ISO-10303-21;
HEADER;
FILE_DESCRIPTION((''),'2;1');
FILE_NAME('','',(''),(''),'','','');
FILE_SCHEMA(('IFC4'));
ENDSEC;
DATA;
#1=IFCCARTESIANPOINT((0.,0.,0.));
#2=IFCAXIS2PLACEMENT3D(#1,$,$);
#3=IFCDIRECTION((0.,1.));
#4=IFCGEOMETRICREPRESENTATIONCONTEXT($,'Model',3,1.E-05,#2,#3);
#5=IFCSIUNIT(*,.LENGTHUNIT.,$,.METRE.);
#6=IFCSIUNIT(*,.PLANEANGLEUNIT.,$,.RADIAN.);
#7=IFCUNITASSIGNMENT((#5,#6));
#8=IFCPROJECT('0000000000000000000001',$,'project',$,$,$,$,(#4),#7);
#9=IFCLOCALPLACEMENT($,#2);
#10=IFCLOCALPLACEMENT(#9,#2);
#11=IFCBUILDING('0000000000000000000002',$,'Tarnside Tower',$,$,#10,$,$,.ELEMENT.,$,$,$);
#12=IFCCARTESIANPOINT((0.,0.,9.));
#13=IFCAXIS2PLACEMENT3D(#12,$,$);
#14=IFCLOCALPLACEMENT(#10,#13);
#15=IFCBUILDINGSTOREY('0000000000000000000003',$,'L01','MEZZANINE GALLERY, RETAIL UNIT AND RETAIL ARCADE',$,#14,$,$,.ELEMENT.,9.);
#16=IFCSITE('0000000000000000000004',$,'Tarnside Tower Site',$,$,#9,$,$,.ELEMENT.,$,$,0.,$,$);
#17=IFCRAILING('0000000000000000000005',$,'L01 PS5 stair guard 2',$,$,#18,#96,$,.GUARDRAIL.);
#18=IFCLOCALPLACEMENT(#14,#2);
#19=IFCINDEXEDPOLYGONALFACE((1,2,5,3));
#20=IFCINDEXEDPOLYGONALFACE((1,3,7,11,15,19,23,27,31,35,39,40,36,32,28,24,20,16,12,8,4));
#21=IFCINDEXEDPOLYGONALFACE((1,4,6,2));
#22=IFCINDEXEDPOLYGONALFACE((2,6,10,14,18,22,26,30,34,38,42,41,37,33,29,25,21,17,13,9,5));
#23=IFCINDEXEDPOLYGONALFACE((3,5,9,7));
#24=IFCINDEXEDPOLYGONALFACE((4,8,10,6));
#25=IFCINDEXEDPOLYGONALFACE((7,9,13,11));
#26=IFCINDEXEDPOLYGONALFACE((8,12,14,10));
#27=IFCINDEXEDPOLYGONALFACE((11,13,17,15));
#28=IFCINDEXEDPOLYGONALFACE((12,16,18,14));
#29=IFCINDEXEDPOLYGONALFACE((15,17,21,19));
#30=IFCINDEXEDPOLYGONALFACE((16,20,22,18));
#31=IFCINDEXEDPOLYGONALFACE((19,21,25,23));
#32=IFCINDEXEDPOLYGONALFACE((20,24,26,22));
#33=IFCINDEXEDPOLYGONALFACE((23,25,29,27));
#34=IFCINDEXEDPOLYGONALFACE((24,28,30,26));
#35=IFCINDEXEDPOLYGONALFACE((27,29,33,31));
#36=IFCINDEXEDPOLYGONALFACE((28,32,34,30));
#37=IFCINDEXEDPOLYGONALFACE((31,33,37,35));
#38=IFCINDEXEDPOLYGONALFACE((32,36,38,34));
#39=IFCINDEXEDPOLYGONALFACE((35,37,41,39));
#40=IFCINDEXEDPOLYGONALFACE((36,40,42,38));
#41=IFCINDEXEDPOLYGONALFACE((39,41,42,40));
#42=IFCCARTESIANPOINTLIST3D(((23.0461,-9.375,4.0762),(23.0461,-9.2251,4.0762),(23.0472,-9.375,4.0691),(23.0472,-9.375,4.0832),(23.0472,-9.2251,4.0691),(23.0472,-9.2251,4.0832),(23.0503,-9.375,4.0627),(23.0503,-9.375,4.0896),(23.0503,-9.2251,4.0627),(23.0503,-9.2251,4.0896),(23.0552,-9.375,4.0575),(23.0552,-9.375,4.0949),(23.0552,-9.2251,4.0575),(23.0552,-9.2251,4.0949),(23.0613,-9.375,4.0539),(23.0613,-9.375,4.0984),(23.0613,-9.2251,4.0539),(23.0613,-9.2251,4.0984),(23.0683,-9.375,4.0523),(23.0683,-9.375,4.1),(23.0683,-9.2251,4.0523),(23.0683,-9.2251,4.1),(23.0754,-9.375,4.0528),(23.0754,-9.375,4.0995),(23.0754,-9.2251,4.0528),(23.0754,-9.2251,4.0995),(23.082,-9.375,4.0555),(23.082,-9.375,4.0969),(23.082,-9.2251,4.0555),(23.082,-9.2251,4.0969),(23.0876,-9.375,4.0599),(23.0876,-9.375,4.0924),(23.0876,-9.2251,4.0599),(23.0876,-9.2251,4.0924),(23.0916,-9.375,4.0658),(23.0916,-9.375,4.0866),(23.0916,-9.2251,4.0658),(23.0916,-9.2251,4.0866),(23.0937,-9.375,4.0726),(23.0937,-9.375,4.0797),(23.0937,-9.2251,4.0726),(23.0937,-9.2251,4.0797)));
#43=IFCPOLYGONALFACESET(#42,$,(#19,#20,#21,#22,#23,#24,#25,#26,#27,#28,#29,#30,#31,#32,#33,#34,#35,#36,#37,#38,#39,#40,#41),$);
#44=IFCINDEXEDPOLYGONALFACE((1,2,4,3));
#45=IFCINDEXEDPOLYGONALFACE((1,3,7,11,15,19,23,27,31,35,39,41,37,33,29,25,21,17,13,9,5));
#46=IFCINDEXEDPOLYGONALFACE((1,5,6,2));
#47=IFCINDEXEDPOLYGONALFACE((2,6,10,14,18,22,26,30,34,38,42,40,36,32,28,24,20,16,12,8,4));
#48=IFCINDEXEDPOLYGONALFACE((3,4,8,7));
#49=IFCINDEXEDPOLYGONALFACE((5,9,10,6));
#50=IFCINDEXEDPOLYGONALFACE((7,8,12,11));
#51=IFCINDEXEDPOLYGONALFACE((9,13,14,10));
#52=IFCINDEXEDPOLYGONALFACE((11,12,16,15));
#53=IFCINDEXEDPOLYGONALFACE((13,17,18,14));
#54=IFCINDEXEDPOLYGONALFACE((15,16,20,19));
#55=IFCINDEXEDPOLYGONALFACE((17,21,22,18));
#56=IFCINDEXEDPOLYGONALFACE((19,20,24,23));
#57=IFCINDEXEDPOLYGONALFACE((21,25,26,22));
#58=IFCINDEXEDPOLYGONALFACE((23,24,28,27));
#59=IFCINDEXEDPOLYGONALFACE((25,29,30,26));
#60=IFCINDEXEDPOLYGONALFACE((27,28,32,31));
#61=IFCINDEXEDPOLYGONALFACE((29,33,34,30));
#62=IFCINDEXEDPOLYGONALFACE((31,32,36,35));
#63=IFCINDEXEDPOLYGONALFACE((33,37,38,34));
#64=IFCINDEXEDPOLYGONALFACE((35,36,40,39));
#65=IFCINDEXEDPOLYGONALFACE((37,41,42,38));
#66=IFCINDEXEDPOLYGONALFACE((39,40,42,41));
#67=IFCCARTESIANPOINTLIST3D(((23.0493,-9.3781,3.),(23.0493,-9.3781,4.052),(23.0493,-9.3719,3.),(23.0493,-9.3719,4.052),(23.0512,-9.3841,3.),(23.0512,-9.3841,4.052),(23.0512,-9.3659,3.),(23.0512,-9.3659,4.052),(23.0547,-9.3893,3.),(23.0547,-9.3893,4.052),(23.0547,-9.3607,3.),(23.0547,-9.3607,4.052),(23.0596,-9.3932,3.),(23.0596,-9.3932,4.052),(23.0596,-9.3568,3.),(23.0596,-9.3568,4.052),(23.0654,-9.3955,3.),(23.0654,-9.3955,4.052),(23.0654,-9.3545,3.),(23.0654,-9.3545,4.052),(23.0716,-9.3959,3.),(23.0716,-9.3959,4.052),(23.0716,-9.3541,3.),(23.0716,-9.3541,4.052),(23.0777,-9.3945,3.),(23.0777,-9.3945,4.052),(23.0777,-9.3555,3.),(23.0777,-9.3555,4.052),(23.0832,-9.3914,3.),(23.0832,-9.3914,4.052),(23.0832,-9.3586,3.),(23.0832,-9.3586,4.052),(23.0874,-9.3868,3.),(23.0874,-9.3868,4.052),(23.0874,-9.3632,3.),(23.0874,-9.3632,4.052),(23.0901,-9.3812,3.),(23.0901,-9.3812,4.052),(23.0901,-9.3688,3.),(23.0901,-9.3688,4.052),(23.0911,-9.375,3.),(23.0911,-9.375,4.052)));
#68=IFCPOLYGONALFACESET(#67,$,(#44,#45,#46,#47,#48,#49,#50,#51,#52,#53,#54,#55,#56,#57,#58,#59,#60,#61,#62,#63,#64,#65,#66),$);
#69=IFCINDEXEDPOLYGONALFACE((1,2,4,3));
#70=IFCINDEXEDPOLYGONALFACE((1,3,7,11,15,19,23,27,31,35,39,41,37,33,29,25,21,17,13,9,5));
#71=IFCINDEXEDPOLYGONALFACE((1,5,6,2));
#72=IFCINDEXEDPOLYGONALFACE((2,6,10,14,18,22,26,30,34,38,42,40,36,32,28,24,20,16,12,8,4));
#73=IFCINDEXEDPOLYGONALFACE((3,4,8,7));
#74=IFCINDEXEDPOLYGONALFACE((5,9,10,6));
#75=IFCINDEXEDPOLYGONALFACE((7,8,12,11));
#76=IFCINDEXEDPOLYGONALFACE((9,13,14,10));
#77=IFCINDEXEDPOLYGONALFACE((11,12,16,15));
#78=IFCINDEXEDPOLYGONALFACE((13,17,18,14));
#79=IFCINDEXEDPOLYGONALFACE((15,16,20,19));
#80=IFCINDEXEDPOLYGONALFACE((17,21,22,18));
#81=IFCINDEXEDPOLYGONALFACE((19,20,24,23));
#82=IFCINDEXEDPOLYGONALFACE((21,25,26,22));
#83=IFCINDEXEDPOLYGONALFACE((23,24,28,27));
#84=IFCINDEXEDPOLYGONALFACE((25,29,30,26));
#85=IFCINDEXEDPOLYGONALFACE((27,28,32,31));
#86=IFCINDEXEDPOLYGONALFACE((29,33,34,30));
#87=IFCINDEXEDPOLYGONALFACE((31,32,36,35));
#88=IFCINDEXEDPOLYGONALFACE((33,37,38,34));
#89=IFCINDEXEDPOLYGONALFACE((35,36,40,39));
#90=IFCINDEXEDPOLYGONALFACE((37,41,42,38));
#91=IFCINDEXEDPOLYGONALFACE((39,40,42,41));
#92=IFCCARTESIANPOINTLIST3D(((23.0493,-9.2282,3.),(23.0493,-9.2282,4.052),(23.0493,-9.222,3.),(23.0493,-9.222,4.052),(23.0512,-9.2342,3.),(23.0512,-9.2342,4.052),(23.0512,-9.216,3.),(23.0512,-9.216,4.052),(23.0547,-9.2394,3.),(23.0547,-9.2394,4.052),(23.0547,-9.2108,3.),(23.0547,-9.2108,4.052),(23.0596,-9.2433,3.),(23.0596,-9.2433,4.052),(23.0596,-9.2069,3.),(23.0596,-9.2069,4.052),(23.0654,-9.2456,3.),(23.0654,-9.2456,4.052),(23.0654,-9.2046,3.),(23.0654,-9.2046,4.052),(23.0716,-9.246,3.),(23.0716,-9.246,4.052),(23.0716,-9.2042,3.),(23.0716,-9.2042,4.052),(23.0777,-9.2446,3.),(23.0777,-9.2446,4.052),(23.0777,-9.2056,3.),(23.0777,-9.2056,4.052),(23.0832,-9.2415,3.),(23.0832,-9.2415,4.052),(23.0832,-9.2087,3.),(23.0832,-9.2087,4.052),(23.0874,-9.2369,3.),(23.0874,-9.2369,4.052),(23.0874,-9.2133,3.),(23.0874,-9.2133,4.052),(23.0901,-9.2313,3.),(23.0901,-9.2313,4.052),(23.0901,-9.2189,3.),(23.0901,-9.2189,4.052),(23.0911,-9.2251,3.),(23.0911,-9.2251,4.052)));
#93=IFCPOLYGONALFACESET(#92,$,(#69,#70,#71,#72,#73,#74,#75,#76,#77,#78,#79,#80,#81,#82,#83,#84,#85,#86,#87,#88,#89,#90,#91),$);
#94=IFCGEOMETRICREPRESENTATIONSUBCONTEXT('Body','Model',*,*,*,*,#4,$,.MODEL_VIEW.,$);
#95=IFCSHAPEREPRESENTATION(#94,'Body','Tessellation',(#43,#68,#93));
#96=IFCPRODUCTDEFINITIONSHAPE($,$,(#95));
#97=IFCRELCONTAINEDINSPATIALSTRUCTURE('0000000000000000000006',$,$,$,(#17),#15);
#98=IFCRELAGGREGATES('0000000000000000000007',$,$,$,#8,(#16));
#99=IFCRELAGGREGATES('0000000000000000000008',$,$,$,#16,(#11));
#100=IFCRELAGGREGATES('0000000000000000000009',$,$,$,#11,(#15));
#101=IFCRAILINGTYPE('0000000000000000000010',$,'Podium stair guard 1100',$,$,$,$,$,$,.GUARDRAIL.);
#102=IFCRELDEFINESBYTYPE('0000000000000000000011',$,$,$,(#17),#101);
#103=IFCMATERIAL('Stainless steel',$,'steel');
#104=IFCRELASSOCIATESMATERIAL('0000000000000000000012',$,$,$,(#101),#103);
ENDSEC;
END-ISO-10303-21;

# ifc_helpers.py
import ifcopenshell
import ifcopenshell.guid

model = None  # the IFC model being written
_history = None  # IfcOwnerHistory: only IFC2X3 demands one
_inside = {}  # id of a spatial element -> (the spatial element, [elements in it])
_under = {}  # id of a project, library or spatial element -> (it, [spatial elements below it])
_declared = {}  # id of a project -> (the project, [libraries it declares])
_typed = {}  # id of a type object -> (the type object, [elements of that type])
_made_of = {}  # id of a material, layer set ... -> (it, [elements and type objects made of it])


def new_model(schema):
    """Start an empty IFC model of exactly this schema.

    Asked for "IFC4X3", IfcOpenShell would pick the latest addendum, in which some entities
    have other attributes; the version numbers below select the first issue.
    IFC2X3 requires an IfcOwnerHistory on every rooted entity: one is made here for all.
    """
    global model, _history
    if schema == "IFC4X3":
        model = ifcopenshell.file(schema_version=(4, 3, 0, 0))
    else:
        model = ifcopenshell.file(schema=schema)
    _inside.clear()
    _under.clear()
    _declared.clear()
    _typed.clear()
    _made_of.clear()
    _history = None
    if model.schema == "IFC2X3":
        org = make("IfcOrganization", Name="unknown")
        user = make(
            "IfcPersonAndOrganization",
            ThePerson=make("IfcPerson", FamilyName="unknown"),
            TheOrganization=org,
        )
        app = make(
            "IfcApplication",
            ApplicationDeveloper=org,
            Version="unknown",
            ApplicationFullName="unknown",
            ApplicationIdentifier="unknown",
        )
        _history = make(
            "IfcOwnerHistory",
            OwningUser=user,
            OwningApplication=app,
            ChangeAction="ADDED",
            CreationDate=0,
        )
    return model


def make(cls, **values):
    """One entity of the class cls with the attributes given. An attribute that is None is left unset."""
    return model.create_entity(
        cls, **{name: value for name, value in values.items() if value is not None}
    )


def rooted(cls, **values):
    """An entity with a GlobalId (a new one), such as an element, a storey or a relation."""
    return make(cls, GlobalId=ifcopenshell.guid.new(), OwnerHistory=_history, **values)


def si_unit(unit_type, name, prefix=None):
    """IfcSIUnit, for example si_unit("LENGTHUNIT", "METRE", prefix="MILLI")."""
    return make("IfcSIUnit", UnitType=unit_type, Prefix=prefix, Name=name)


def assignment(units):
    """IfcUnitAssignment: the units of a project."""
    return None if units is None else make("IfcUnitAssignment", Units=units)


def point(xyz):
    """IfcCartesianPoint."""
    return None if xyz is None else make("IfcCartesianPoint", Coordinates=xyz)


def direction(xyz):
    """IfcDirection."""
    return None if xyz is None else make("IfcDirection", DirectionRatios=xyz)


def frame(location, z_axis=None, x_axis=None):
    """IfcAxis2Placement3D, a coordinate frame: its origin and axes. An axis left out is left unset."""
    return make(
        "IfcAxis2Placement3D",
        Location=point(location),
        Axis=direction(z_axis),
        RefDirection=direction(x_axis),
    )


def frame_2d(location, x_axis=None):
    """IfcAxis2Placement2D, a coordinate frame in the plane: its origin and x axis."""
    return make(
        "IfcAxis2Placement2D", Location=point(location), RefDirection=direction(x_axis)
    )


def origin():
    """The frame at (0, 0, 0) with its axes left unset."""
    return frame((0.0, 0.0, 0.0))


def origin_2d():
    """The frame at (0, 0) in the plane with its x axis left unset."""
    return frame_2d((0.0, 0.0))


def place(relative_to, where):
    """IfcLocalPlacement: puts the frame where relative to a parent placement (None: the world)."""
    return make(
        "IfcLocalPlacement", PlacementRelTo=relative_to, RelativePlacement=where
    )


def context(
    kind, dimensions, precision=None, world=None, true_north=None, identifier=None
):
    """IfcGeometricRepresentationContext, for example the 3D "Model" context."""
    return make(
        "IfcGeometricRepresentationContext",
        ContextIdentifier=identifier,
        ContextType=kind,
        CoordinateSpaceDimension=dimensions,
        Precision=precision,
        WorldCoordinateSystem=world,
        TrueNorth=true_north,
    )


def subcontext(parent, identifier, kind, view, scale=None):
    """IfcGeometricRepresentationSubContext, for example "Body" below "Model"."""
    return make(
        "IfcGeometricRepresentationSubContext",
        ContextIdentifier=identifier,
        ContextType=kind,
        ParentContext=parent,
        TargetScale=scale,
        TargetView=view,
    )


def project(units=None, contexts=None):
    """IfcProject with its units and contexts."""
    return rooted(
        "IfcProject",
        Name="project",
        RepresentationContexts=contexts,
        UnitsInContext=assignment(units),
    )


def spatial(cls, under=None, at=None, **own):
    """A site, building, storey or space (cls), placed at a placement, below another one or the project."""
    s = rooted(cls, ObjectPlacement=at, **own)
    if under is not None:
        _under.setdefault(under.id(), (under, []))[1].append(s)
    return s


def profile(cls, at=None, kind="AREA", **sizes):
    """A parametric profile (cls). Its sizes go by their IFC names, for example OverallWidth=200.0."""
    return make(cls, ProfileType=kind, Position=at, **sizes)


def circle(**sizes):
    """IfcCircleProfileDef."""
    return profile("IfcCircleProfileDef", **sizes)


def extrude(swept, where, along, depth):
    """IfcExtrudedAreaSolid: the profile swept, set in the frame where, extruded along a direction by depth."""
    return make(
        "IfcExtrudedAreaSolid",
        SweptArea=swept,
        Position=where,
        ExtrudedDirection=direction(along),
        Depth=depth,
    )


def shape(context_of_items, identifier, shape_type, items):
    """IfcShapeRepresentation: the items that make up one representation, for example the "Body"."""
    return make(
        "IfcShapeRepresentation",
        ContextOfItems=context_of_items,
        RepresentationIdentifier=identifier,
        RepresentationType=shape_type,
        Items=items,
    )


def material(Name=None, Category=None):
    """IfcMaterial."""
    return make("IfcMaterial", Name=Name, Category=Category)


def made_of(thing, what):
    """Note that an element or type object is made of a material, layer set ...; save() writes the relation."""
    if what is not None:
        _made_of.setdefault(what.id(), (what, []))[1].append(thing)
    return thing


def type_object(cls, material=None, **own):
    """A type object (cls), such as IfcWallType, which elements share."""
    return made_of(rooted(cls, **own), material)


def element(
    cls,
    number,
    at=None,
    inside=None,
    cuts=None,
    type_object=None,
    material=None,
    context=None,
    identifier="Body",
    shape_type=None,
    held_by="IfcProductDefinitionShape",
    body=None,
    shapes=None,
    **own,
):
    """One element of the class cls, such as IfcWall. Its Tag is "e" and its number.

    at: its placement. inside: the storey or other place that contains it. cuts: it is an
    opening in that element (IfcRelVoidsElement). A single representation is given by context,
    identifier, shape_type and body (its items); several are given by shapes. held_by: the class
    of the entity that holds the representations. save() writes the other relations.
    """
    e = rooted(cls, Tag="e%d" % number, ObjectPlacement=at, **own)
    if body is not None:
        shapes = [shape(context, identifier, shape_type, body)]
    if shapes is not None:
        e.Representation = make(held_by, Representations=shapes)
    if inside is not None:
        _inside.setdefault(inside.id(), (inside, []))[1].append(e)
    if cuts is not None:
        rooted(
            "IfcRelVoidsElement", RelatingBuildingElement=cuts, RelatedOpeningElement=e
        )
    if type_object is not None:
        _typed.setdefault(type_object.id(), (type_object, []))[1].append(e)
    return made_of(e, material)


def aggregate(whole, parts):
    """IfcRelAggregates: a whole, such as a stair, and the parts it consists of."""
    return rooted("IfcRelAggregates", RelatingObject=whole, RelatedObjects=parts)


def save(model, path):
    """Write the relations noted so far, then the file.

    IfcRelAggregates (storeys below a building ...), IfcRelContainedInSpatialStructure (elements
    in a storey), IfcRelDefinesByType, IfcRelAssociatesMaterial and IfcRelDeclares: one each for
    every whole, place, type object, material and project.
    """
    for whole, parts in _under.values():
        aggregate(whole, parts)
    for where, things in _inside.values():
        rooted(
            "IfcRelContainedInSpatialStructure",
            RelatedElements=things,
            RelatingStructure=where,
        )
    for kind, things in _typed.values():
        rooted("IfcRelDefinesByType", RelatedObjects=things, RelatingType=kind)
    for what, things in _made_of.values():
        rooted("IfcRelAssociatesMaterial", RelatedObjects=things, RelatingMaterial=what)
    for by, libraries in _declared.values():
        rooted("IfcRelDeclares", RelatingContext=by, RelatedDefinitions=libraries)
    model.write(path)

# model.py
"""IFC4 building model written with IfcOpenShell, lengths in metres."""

from ifc_helpers import new_model, si_unit, direction, frame, origin, origin_2d, place, context, subcontext, project, spatial, circle, extrude, material, type_object, element, save


model = new_model("IFC4")

# Units and contexts
model_context = context("Model", 3, precision=1e-05, world=origin(), true_north=direction((0.0, 1.0)))
body_context = subcontext(model_context, "Body", "Model", "MODEL_VIEW")
ifc_project = project(units=[si_unit("LENGTHUNIT", "METRE"), si_unit("PLANEANGLEUNIT", "RADIAN")], contexts=[model_context])

# Site, building, storey
site_placement = place(None, origin())
site = spatial("IfcSite", under=ifc_project, at=site_placement, Name="Tarnside Tower Site", CompositionType="ELEMENT", RefElevation=0.0)
building_placement = place(site_placement, origin())
building = spatial("IfcBuilding", under=site, at=building_placement, Name="Tarnside Tower", CompositionType="ELEMENT")
storey_placement = place(building_placement, frame((0.0, 0.0, 9.0)))
storey = spatial("IfcBuildingStorey", under=building, at=storey_placement, Name="L01", Description="MEZZANINE GALLERY, RETAIL UNIT AND RETAIL ARCADE", CompositionType="ELEMENT", Elevation=9.0)

# Railing
ifc_material_1 = material(Name="Stainless steel", Category="steel")
railing_type_1 = type_object("IfcRailingType", Name="Podium stair guard 1100", PredefinedType="GUARDRAIL", material=ifc_material_1)
railing_1_placement = place(storey_placement, frame((23.0701, -9.375, 3.0)))
element("IfcRailing", 1, at=railing_1_placement, inside=storey, type_object=railing_type_1, Name="L01 PS5 stair guard 2", PredefinedType="GUARDRAIL", context=body_context, shape_type="SweptSolid", body=[
    extrude(circle(Radius=0.0239, at=origin_2d()), frame((0.0, 0.0, 1.0762), z_axis=(0.0, 1.0, 0.0), x_axis=(-1.0, 0.0, 0.0)), (0.0, 0.0, 1.0), 0.1499),
    extrude(circle(Radius=0.021, at=origin_2d()), origin(), (0.0, 0.0, 1.0), 1.052),
    extrude(circle(Radius=0.021, at=origin_2d()), frame((0.0, 0.1499, 0.0)), (0.0, 0.0, 1.0), 1.052),
])

save(model, "model.ifc")
